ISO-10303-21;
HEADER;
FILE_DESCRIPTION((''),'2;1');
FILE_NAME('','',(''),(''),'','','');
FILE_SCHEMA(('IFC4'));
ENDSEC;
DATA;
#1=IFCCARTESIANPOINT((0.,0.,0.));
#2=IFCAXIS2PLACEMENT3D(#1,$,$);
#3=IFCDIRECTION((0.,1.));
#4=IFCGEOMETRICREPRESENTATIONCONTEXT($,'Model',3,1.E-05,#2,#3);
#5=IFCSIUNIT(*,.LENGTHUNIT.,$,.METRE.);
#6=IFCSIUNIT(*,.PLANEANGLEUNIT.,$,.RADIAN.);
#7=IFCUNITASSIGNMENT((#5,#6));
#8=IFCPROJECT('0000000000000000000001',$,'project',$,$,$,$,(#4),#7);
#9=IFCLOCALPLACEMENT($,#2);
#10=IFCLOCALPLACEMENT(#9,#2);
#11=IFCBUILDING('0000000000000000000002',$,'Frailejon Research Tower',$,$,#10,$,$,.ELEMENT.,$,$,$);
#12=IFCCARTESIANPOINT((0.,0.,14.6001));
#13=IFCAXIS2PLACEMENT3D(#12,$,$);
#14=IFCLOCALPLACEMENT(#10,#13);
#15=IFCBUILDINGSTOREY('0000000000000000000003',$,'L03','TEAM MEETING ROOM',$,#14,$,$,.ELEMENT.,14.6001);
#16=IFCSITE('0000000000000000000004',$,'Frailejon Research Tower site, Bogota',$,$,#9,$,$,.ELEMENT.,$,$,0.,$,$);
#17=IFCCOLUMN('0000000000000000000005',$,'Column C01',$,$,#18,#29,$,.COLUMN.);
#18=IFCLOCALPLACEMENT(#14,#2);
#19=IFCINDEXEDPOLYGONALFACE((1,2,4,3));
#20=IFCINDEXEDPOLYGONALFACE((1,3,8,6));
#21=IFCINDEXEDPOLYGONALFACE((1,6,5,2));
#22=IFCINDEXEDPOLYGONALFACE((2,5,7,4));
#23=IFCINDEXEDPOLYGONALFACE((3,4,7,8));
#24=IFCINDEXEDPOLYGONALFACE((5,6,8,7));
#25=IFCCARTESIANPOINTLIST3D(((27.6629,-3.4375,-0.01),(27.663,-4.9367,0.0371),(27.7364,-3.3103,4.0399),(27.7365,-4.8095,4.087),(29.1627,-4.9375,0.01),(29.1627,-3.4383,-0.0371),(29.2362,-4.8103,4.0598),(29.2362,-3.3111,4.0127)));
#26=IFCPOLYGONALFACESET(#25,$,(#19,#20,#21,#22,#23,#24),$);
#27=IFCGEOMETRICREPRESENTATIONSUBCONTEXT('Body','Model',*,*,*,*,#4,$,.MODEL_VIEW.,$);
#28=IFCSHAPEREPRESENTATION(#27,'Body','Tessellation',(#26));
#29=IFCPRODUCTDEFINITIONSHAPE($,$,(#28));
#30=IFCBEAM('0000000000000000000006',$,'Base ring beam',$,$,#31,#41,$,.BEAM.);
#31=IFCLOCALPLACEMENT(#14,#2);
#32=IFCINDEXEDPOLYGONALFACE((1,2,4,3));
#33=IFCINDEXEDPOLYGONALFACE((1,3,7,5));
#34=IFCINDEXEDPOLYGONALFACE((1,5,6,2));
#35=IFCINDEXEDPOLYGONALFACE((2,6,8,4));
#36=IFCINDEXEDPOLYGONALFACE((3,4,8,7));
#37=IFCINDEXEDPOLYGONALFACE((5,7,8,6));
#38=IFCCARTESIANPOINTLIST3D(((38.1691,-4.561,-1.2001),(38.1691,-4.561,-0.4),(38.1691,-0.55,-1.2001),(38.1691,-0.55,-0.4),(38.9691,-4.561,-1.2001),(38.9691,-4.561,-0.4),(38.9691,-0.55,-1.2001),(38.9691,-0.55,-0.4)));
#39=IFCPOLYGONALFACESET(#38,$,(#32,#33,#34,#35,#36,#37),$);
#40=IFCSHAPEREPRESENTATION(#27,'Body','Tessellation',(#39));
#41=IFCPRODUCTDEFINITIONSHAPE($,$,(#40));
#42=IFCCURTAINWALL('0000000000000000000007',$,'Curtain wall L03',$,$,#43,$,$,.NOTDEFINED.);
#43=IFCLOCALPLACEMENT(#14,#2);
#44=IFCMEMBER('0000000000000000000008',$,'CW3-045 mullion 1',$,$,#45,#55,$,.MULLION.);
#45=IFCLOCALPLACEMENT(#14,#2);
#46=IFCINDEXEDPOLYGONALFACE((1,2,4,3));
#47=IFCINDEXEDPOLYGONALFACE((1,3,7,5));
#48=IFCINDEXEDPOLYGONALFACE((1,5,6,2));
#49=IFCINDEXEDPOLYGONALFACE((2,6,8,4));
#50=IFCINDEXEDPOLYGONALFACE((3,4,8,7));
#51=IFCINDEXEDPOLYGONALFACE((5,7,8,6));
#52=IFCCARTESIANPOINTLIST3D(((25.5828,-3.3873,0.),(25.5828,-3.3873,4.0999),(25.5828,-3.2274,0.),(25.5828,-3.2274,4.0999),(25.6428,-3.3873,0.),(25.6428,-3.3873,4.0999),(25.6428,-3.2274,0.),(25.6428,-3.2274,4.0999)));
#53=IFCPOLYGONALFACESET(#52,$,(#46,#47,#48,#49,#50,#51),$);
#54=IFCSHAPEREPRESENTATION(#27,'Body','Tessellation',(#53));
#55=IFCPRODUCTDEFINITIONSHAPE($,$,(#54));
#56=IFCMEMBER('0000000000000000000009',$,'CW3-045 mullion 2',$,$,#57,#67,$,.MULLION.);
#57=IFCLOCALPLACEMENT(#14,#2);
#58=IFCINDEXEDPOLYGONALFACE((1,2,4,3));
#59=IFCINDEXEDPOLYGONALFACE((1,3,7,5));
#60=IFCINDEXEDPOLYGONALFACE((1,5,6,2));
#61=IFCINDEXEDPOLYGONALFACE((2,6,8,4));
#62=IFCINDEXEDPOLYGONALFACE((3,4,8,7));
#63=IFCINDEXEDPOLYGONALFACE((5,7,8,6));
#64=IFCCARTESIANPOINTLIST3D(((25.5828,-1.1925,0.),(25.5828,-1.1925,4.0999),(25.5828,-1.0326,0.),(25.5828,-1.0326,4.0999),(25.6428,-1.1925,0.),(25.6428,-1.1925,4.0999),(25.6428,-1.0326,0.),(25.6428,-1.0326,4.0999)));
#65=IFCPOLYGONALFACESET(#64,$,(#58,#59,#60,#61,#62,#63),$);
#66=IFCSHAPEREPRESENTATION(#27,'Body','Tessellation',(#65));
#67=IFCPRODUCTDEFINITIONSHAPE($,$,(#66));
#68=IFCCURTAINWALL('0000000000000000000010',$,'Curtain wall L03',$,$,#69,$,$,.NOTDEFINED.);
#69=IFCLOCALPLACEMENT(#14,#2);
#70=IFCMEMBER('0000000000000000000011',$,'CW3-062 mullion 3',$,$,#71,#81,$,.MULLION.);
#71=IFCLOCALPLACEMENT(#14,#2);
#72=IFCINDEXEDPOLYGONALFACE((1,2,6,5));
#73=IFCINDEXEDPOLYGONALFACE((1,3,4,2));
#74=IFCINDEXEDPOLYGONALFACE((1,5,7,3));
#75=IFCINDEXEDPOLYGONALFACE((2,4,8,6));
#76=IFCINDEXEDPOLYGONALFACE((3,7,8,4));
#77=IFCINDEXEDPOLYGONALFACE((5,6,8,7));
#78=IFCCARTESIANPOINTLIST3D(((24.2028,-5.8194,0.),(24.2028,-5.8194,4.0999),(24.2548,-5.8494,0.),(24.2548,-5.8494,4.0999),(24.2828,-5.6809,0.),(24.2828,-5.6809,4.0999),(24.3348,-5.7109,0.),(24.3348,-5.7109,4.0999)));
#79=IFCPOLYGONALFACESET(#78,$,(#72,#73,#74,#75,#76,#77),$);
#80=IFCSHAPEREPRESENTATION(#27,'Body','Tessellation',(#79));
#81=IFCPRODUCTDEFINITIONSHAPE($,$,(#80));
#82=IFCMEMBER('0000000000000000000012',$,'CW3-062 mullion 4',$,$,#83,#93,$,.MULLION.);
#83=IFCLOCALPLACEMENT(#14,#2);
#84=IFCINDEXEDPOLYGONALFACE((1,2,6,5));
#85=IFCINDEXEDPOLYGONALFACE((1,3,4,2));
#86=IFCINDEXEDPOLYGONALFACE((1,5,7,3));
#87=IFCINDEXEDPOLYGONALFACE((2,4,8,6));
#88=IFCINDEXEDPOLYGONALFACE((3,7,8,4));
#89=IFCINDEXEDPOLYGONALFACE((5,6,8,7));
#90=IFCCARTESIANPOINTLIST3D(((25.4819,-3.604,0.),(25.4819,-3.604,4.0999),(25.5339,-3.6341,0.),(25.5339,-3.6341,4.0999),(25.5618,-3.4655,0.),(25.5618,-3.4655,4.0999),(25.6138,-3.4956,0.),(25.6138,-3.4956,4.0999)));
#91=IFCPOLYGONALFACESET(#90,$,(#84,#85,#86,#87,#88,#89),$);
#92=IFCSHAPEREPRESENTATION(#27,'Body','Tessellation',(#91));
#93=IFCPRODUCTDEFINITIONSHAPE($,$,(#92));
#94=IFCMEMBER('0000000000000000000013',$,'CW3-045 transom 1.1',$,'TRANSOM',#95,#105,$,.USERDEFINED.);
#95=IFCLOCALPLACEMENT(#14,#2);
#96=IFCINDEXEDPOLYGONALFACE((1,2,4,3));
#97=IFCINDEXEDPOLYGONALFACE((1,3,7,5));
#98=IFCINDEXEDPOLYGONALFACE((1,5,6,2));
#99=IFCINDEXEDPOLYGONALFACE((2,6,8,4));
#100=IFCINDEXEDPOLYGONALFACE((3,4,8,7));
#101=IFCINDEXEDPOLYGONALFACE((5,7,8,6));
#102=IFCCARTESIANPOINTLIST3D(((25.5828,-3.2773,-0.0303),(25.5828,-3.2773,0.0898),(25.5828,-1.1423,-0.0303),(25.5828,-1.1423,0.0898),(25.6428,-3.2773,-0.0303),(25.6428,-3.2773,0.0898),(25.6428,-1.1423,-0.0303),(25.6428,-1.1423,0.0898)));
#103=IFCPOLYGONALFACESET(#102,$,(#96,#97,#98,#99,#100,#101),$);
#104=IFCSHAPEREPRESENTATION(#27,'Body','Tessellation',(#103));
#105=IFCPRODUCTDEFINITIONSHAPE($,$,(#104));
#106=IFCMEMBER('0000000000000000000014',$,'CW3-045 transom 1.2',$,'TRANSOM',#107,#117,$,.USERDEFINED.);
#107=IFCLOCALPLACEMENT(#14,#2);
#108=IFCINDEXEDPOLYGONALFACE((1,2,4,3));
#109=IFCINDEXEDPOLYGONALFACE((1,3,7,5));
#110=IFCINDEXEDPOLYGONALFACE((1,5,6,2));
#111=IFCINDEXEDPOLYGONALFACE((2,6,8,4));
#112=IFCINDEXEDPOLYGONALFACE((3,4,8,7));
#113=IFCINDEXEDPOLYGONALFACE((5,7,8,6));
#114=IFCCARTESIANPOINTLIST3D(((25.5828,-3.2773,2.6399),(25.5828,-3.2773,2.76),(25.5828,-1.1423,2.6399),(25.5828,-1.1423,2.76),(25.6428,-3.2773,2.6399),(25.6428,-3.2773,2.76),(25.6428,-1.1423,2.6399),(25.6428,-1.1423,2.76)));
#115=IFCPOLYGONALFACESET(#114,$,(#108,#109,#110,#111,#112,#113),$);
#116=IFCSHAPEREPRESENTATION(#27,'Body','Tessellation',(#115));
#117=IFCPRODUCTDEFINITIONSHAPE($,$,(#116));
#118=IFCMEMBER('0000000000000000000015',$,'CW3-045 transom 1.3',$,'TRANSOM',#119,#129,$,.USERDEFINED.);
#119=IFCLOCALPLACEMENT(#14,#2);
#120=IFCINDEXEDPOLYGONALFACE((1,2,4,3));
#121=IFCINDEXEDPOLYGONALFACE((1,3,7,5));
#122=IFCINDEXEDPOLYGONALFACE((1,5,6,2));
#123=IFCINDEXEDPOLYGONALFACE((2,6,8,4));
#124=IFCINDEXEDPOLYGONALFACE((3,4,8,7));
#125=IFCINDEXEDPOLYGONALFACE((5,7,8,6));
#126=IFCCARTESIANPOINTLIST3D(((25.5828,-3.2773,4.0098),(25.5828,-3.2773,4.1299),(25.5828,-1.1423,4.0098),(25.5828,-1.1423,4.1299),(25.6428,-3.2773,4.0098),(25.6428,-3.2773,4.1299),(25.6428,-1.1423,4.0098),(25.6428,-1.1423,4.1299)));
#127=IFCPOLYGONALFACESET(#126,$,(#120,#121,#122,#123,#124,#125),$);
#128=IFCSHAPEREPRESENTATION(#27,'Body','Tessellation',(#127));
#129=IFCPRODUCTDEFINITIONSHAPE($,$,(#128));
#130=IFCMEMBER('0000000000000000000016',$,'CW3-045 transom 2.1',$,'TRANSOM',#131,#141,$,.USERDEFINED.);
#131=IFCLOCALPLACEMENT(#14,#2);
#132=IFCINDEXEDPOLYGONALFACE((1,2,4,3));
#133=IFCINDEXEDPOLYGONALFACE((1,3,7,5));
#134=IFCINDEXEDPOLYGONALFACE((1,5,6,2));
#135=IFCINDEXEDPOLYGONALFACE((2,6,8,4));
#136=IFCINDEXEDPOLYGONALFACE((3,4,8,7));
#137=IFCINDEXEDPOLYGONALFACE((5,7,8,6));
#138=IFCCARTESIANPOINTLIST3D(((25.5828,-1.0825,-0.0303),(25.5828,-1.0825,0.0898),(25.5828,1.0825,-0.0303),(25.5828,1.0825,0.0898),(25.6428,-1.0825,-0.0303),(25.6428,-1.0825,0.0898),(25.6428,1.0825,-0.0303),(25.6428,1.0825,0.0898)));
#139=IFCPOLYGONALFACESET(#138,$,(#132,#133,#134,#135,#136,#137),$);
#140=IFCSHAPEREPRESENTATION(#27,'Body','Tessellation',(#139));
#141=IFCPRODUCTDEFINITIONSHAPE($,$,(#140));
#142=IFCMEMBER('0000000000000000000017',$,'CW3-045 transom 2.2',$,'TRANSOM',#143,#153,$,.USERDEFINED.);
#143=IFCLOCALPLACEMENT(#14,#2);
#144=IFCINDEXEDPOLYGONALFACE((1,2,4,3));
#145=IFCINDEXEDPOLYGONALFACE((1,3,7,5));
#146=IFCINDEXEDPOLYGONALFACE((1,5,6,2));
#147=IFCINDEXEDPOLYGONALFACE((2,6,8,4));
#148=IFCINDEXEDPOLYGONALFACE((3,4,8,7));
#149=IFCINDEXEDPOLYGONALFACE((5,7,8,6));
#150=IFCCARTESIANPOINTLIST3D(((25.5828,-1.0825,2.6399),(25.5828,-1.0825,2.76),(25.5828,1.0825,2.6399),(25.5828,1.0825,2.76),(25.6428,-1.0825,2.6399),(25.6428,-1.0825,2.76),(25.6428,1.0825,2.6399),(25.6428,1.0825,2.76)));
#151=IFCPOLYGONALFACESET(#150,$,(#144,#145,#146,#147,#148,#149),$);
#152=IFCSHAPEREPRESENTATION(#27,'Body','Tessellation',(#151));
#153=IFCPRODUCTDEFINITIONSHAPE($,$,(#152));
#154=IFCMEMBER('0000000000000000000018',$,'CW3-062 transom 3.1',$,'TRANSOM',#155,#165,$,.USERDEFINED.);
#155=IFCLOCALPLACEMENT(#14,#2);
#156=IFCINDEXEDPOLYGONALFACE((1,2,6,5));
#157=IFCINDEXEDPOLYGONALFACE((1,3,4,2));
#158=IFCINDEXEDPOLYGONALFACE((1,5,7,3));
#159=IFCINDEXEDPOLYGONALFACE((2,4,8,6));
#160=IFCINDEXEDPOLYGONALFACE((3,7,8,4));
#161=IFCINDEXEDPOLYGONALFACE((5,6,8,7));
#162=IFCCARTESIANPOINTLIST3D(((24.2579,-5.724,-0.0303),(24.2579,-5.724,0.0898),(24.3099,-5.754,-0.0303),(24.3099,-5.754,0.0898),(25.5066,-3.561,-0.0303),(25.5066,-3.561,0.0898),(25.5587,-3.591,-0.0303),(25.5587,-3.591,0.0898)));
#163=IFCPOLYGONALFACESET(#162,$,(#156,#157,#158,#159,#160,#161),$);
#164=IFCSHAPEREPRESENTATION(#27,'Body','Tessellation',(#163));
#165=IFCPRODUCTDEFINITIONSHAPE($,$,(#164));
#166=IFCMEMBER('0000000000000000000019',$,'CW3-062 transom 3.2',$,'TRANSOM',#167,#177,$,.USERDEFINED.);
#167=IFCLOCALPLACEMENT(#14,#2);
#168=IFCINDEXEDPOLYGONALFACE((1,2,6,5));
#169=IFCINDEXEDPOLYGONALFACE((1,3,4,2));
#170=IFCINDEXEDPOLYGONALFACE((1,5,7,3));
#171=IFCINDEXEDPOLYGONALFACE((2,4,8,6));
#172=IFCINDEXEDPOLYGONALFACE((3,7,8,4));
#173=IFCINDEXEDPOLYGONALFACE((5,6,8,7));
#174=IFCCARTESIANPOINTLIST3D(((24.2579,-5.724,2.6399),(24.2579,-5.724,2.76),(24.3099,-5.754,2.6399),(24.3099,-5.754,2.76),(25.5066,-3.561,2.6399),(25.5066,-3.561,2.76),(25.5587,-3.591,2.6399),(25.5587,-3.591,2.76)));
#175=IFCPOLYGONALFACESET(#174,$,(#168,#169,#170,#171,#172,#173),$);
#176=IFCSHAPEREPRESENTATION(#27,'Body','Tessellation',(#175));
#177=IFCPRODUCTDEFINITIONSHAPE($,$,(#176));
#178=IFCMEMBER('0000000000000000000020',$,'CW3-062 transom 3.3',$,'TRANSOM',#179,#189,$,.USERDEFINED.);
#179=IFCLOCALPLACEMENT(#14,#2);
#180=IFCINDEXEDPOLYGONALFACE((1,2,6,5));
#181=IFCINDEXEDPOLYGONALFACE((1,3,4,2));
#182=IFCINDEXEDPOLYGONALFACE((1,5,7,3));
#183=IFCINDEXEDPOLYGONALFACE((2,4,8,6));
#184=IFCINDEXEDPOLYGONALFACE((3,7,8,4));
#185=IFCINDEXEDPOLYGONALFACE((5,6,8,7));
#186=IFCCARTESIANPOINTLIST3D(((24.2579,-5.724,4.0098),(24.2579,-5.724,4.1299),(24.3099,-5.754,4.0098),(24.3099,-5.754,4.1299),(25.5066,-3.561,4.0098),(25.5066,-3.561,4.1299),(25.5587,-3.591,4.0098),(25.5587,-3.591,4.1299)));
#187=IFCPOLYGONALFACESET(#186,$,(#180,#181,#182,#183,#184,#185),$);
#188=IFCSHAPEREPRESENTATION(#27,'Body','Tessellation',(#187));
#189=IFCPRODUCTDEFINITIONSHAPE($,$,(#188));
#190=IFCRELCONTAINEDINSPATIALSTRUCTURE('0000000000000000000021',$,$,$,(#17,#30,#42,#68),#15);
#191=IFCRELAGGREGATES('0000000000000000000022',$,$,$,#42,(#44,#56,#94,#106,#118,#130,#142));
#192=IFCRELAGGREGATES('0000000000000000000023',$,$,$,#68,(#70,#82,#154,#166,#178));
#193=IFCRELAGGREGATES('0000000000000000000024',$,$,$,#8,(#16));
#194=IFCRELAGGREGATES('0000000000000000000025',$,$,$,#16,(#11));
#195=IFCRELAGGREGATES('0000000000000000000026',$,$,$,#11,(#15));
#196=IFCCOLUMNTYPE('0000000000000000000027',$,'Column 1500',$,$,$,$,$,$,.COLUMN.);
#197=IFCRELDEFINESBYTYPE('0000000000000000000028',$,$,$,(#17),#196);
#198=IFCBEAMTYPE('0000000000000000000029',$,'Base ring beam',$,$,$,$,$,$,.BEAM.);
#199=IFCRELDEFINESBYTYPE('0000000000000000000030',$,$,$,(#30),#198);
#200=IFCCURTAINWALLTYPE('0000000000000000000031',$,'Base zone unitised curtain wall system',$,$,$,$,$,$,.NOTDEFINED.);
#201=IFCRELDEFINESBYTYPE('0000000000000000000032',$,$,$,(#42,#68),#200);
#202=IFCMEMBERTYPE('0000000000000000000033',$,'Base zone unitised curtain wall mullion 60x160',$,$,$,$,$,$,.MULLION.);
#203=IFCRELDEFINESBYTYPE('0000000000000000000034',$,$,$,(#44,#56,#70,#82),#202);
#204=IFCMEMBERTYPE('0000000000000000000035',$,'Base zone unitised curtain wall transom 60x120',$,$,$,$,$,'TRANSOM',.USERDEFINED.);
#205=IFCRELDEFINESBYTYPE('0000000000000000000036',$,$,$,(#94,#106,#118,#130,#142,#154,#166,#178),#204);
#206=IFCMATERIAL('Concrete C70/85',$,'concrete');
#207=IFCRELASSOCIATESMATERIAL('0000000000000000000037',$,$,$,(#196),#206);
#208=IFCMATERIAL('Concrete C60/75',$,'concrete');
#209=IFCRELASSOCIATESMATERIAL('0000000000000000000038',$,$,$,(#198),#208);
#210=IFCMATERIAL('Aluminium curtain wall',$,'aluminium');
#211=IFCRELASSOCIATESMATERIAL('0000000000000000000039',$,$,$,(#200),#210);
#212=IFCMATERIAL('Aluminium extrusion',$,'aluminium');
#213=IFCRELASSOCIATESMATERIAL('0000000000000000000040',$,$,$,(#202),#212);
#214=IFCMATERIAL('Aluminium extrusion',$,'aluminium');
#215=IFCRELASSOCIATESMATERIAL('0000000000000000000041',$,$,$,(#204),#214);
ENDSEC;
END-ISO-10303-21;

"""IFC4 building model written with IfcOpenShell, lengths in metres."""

from ifc_helpers import new_model, si_unit, direction, frame, origin, origin_2d, place, context, subcontext, project, spatial, rectangle, extrude, material, material_profile, profile_set, type_object, element, aggregate, save


model = new_model("IFC4")

# Units and contexts
model_context = context("Model", 3, precision=1e-05, world=origin(), true_north=direction((0.0, 1.0)))
body_context = subcontext(model_context, "Body", "Model", "MODEL_VIEW")
ifc_project = project(units=[si_unit("LENGTHUNIT", "METRE"), si_unit("PLANEANGLEUNIT", "RADIAN")], contexts=[model_context])

# Site, building, storey
site_placement = place(None, origin())
site = spatial("IfcSite", under=ifc_project, at=site_placement, Name="Frailejon Research Tower site, Bogota", CompositionType="ELEMENT", RefElevation=0.0)
building_placement = place(site_placement, origin())
building = spatial("IfcBuilding", under=site, at=building_placement, Name="Frailejon Research Tower", CompositionType="ELEMENT")
storey_placement = place(building_placement, frame((0.0, 0.0, 14.6001)))
storey = spatial("IfcBuildingStorey", under=building, at=storey_placement, Name="L03", Description="TEAM MEETING ROOM", CompositionType="ELEMENT", Elevation=14.6001)

# Column
ifc_material_1 = material(Name="Concrete C70/85", Category="concrete")
ifc_material_profile_1 = material_profile(ifc_material_1, rectangle(XDim=1.5, YDim=1.5, at=origin_2d()), Name="Column 1500")
ifc_profile_set_1 = profile_set([ifc_material_profile_1], Name="Concrete C70/85")
column_type = type_object("IfcColumnType", Name="Column 1500", PredefinedType="COLUMN", material=ifc_profile_set_1)
column_placement = place(storey_placement, frame((28.4128, -4.1875, 0.0), z_axis=(0.018134, 0.031388, 0.999343), x_axis=(-0.000022, 0.999507, -0.031392)))
element("IfcColumn", 1, at=column_placement, inside=storey, type_object=column_type, Name="Column C01", PredefinedType="COLUMN", context=body_context, shape_type="SweptSolid", body=[
    extrude(rectangle(XDim=1.5, YDim=1.5, at=origin_2d()), origin(), (0.0, 0.0, 1.0), 4.0525),
])

# Beam
ifc_material_2 = material(Name="Concrete C60/75", Category="concrete")
ifc_material_profile_2 = material_profile(ifc_material_2, rectangle(XDim=0.8, YDim=0.8, at=origin_2d()), Name="Base ring beam")
ifc_profile_set_2 = profile_set([ifc_material_profile_2], Name="Concrete C60/75")
beam_type_1 = type_object("IfcBeamType", Name="Base ring beam", PredefinedType="BEAM", material=ifc_profile_set_2)
beam_1_placement = place(storey_placement, frame((38.5691, -4.561, -0.8), z_axis=(0.0, 1.0, 0.0), x_axis=(-1.0, 0.0, 0.0)))
element("IfcBeam", 2, at=beam_1_placement, inside=storey, type_object=beam_type_1, Name="Base ring beam", PredefinedType="BEAM", context=body_context, shape_type="SweptSolid", body=[
    extrude(rectangle(XDim=0.8, YDim=0.8, at=origin_2d()), origin(), (0.0, 0.0, 1.0), 4.011),
])

# Curtain walls, members
ifc_material_3 = material(Name="Aluminium curtain wall", Category="aluminium")
curtain_wall_type = type_object("IfcCurtainWallType", Name="Base zone unitised curtain wall system", PredefinedType="NOTDEFINED", material=ifc_material_3)
curtain_wall_1_placement = place(storey_placement, origin())
curtain_wall_1 = element("IfcCurtainWall", 3, at=curtain_wall_1_placement, inside=storey, type_object=curtain_wall_type, Name="Curtain wall L03", PredefinedType="NOTDEFINED")
ifc_material_4 = material(Name="Aluminium extrusion", Category="aluminium")
ifc_material_profile_3 = material_profile(ifc_material_4, rectangle(XDim=0.0601, YDim=0.1599, at=origin_2d()), Name="Base zone unitised curtain wall mullion 60x160")
ifc_profile_set_3 = profile_set([ifc_material_profile_3], Name="Aluminium extrusion")
member_type_1 = type_object("IfcMemberType", Name="Base zone unitised curtain wall mullion 60x160", PredefinedType="MULLION", material=ifc_profile_set_3)
member_1_placement = place(storey_placement, frame((25.6128, -3.3074, 0.0), z_axis=(0.0, 0.0, 1.0), x_axis=(-1.0, 0.0, 0.0)))
member_1 = element("IfcMember", 4, at=member_1_placement, type_object=member_type_1, Name="CW3-045 mullion 1", PredefinedType="MULLION", context=body_context, shape_type="SweptSolid", body=[
    extrude(rectangle(XDim=0.0601, YDim=0.1599, at=origin_2d()), origin(), (0.0, 0.0, 1.0), 4.0999),
])
member_2_placement = place(storey_placement, frame((25.6128, -1.1125, 0.0), z_axis=(0.0, 0.0, 1.0), x_axis=(-1.0, 0.0, 0.0)))
member_2 = element("IfcMember", 5, at=member_2_placement, type_object=member_type_1, Name="CW3-045 mullion 2", PredefinedType="MULLION", context=body_context, shape_type="SweptSolid", body=[
    extrude(rectangle(XDim=0.0601, YDim=0.1599, at=origin_2d()), origin(), (0.0, 0.0, 1.0), 4.0999),
])
curtain_wall_2_placement = place(storey_placement, origin())
curtain_wall_2 = element("IfcCurtainWall", 6, at=curtain_wall_2_placement, inside=storey, type_object=curtain_wall_type, Name="Curtain wall L03", PredefinedType="NOTDEFINED")
member_3_placement = place(storey_placement, frame((24.2688, -5.7651, 0.0), z_axis=(0.0, 0.0, 1.0), x_axis=(-0.866029, 0.499993, 0.0)))
member_3 = element("IfcMember", 7, at=member_3_placement, type_object=member_type_1, Name="CW3-062 mullion 3", PredefinedType="MULLION", context=body_context, shape_type="SweptSolid", body=[
    extrude(rectangle(XDim=0.0601, YDim=0.1599, at=origin_2d()), origin(), (0.0, 0.0, 1.0), 4.0999),
])
member_4_placement = place(storey_placement, frame((25.5479, -3.5498, 0.0), z_axis=(0.0, 0.0, 1.0), x_axis=(-0.866029, 0.499993, 0.0)))
member_4 = element("IfcMember", 8, at=member_4_placement, type_object=member_type_1, Name="CW3-062 mullion 4", PredefinedType="MULLION", context=body_context, shape_type="SweptSolid", body=[
    extrude(rectangle(XDim=0.0601, YDim=0.1599, at=origin_2d()), origin(), (0.0, 0.0, 1.0), 4.0999),
])

# Members
ifc_material_5 = material(Name="Aluminium extrusion", Category="aluminium")
ifc_material_profile_4 = material_profile(ifc_material_5, rectangle(XDim=0.0601, YDim=0.1201, at=origin_2d()), Name="Base zone unitised curtain wall transom 60x120")
ifc_profile_set_4 = profile_set([ifc_material_profile_4], Name="Aluminium extrusion")
member_type_2 = type_object("IfcMemberType", Name="Base zone unitised curtain wall transom 60x120", ElementType="TRANSOM", PredefinedType="USERDEFINED", material=ifc_profile_set_4)
member_5_placement = place(storey_placement, frame((25.6128, -3.2773, 0.0298), z_axis=(0.0, 1.0, 0.0), x_axis=(-1.0, 0.0, 0.0)))
member_5 = element("IfcMember", 9, at=member_5_placement, type_object=member_type_2, Name="CW3-045 transom 1.1", ObjectType="TRANSOM", PredefinedType="USERDEFINED", context=body_context, shape_type="SweptSolid", body=[
    extrude(rectangle(XDim=0.0601, YDim=0.1201, at=origin_2d()), origin(), (0.0, 0.0, 1.0), 2.135),
])
member_6_placement = place(storey_placement, frame((25.6128, -3.2773, 2.7), z_axis=(0.0, 1.0, 0.0), x_axis=(-1.0, 0.0, 0.0)))
member_6 = element("IfcMember", 10, at=member_6_placement, type_object=member_type_2, Name="CW3-045 transom 1.2", ObjectType="TRANSOM", PredefinedType="USERDEFINED", context=body_context, shape_type="SweptSolid", body=[
    extrude(rectangle(XDim=0.0601, YDim=0.1201, at=origin_2d()), origin(), (0.0, 0.0, 1.0), 2.135),
])
member_7_placement = place(storey_placement, frame((25.6128, -3.2773, 4.0698), z_axis=(0.0, 1.0, 0.0), x_axis=(-1.0, 0.0, 0.0)))
member_7 = element("IfcMember", 11, at=member_7_placement, type_object=member_type_2, Name="CW3-045 transom 1.3", ObjectType="TRANSOM", PredefinedType="USERDEFINED", context=body_context, shape_type="SweptSolid", body=[
    extrude(rectangle(XDim=0.0601, YDim=0.1201, at=origin_2d()), origin(), (0.0, 0.0, 1.0), 2.135),
])
member_8_placement = place(storey_placement, frame((25.6128, -1.0825, 0.0298), z_axis=(0.0, 1.0, 0.0), x_axis=(-1.0, 0.0, 0.0)))
member_8 = element("IfcMember", 12, at=member_8_placement, type_object=member_type_2, Name="CW3-045 transom 2.1", ObjectType="TRANSOM", PredefinedType="USERDEFINED", context=body_context, shape_type="SweptSolid", body=[
    extrude(rectangle(XDim=0.0601, YDim=0.1201, at=origin_2d()), origin(), (0.0, 0.0, 1.0), 2.165),
])
member_9_placement = place(storey_placement, frame((25.6128, -1.0825, 2.7), z_axis=(0.0, 1.0, 0.0), x_axis=(-1.0, 0.0, 0.0)))
member_9 = element("IfcMember", 13, at=member_9_placement, type_object=member_type_2, Name="CW3-045 transom 2.2", ObjectType="TRANSOM", PredefinedType="USERDEFINED", context=body_context, shape_type="SweptSolid", body=[
    extrude(rectangle(XDim=0.0601, YDim=0.1201, at=origin_2d()), origin(), (0.0, 0.0, 1.0), 2.165),
])
member_10_placement = place(storey_placement, frame((24.2839, -5.739, 0.0298), z_axis=(0.499976, 0.866039, 0.0), x_axis=(-0.866039, 0.499976, 0.0)))
member_10 = element("IfcMember", 14, at=member_10_placement, type_object=member_type_2, Name="CW3-062 transom 3.1", ObjectType="TRANSOM", PredefinedType="USERDEFINED", context=body_context, shape_type="SweptSolid", body=[
    extrude(rectangle(XDim=0.0601, YDim=0.1201, at=origin_2d()), origin(), (0.0, 0.0, 1.0), 2.4976),
])
member_11_placement = place(storey_placement, frame((24.2839, -5.739, 2.7), z_axis=(0.499976, 0.866039, 0.0), x_axis=(-0.866039, 0.499976, 0.0)))
member_11 = element("IfcMember", 15, at=member_11_placement, type_object=member_type_2, Name="CW3-062 transom 3.2", ObjectType="TRANSOM", PredefinedType="USERDEFINED", context=body_context, shape_type="SweptSolid", body=[
    extrude(rectangle(XDim=0.0601, YDim=0.1201, at=origin_2d()), origin(), (0.0, 0.0, 1.0), 2.4976),
])
member_12_placement = place(storey_placement, frame((24.2839, -5.739, 4.0698), z_axis=(0.499976, 0.866039, 0.0), x_axis=(-0.866039, 0.499976, 0.0)))
member_12 = element("IfcMember", 16, at=member_12_placement, type_object=member_type_2, Name="CW3-062 transom 3.3", ObjectType="TRANSOM", PredefinedType="USERDEFINED", context=body_context, shape_type="SweptSolid", body=[
    extrude(rectangle(XDim=0.0601, YDim=0.1201, at=origin_2d()), origin(), (0.0, 0.0, 1.0), 2.4976),
])

aggregate(curtain_wall_1, [member_1, member_2, member_5, member_6, member_7, member_8, member_9])
aggregate(curtain_wall_2, [member_3, member_4, member_10, member_11, member_12])

save(model, "model.ifc")
